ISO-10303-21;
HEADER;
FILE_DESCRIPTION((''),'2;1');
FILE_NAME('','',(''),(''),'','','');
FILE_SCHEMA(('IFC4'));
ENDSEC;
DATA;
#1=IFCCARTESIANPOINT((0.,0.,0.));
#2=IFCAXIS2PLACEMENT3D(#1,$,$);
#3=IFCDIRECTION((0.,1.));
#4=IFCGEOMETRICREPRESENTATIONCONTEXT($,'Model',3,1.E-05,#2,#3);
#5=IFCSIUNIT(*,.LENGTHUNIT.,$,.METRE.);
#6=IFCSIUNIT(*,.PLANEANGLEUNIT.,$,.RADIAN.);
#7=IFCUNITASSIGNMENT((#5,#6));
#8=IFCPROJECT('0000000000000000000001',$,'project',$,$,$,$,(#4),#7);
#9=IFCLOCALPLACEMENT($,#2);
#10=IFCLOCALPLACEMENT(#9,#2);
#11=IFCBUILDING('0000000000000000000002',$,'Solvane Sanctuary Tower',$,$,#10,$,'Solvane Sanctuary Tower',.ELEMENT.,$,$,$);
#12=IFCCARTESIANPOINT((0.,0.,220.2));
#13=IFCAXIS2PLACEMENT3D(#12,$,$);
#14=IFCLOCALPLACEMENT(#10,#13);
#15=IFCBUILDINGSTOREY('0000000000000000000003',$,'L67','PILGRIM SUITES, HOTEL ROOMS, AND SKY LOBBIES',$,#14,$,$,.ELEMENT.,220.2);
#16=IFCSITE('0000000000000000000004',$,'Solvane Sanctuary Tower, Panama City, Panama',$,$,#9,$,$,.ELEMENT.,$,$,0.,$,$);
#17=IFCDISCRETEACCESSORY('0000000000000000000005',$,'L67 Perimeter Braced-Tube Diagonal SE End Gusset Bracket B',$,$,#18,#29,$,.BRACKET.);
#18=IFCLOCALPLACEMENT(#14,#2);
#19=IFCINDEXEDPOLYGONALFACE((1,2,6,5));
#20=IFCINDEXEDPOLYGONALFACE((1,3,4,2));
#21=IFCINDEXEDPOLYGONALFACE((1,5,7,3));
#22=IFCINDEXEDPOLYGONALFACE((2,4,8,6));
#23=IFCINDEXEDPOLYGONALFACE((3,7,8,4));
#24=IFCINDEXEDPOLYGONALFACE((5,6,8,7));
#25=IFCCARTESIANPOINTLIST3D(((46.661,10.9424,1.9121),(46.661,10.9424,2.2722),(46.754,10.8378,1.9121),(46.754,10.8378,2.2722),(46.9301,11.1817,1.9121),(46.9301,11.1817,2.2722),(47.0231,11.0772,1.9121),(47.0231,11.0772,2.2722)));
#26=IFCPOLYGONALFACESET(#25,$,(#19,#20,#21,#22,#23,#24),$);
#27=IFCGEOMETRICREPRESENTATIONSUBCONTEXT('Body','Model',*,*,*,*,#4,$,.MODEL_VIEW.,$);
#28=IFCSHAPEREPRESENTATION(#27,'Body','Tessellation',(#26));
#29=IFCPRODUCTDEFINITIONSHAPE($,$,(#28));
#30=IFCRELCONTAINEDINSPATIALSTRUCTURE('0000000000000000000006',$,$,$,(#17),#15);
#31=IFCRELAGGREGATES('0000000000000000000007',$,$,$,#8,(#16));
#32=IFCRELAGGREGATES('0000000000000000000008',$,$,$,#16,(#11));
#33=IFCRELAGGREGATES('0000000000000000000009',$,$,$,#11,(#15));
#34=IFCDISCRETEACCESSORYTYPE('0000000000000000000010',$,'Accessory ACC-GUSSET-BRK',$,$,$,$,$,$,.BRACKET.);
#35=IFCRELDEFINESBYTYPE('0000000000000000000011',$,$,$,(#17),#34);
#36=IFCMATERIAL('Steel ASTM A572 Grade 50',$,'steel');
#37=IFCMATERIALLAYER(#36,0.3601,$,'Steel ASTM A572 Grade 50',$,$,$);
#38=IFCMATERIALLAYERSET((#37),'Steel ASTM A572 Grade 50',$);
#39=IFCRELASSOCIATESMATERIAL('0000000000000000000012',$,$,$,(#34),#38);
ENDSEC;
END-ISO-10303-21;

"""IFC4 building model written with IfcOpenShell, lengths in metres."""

from ifc_helpers import new_model, si_unit, direction, frame, origin, origin_2d, place, context, subcontext, project, spatial, rectangle, extrude, material, layer, layer_set, type_object, element, save


model = new_model("IFC4")

# Units and contexts
model_context = context("Model", 3, precision=1e-05, world=origin(), true_north=direction((0.0, 1.0)))
body_context = subcontext(model_context, "Body", "Model", "MODEL_VIEW")
ifc_project = project(units=[si_unit("LENGTHUNIT", "METRE"), si_unit("PLANEANGLEUNIT", "RADIAN")], contexts=[model_context])

# Site, building, storey
site_placement = place(None, origin())
site = spatial("IfcSite", under=ifc_project, at=site_placement, Name="Solvane Sanctuary Tower, Panama City, Panama", CompositionType="ELEMENT", RefElevation=0.0)
building_placement = place(site_placement, origin())
building = spatial("IfcBuilding", under=site, at=building_placement, Name="Solvane Sanctuary Tower", LongName="Solvane Sanctuary Tower", CompositionType="ELEMENT")
storey_placement = place(building_placement, frame((0.0, 0.0, 220.2)))
storey = spatial("IfcBuildingStorey", under=building, at=storey_placement, Name="L67", Description="PILGRIM SUITES, HOTEL ROOMS, AND SKY LOBBIES", CompositionType="ELEMENT", Elevation=220.2)

# Discrete accessory
ifc_material_1 = material(Name="Steel ASTM A572 Grade 50", Category="steel")
ifc_layer_1 = layer(ifc_material_1, 0.3601, Name="Steel ASTM A572 Grade 50")
ifc_layer_set_1 = layer_set([ifc_layer_1], Name="Steel ASTM A572 Grade 50")
discrete_accessory_type = type_object("IfcDiscreteAccessoryType", Name="Accessory ACC-GUSSET-BRK", PredefinedType="BRACKET", material=ifc_layer_set_1)
for number, where, z_axis, x_axis, name in (
    (1, (46.842, 11.0098, 1.9121), (0.0, 0.0, 1.0), (0.747218, 0.664579, 0.0), "L67 Perimeter Braced-Tube Diagonal SE End Gusset Bracket B"),
):
    element("IfcDiscreteAccessory", number, at=place(storey_placement, frame(where, z_axis=z_axis, x_axis=x_axis)), inside=storey, type_object=discrete_accessory_type, Name=name, PredefinedType="BRACKET", context=body_context, shape_type="SweptSolid", body=[
        extrude(rectangle(XDim=0.3601, YDim=0.1399, at=origin_2d()), origin(), (0.0, 0.0, 1.0), 0.3601),
    ])

save(model, "model.ifc")
